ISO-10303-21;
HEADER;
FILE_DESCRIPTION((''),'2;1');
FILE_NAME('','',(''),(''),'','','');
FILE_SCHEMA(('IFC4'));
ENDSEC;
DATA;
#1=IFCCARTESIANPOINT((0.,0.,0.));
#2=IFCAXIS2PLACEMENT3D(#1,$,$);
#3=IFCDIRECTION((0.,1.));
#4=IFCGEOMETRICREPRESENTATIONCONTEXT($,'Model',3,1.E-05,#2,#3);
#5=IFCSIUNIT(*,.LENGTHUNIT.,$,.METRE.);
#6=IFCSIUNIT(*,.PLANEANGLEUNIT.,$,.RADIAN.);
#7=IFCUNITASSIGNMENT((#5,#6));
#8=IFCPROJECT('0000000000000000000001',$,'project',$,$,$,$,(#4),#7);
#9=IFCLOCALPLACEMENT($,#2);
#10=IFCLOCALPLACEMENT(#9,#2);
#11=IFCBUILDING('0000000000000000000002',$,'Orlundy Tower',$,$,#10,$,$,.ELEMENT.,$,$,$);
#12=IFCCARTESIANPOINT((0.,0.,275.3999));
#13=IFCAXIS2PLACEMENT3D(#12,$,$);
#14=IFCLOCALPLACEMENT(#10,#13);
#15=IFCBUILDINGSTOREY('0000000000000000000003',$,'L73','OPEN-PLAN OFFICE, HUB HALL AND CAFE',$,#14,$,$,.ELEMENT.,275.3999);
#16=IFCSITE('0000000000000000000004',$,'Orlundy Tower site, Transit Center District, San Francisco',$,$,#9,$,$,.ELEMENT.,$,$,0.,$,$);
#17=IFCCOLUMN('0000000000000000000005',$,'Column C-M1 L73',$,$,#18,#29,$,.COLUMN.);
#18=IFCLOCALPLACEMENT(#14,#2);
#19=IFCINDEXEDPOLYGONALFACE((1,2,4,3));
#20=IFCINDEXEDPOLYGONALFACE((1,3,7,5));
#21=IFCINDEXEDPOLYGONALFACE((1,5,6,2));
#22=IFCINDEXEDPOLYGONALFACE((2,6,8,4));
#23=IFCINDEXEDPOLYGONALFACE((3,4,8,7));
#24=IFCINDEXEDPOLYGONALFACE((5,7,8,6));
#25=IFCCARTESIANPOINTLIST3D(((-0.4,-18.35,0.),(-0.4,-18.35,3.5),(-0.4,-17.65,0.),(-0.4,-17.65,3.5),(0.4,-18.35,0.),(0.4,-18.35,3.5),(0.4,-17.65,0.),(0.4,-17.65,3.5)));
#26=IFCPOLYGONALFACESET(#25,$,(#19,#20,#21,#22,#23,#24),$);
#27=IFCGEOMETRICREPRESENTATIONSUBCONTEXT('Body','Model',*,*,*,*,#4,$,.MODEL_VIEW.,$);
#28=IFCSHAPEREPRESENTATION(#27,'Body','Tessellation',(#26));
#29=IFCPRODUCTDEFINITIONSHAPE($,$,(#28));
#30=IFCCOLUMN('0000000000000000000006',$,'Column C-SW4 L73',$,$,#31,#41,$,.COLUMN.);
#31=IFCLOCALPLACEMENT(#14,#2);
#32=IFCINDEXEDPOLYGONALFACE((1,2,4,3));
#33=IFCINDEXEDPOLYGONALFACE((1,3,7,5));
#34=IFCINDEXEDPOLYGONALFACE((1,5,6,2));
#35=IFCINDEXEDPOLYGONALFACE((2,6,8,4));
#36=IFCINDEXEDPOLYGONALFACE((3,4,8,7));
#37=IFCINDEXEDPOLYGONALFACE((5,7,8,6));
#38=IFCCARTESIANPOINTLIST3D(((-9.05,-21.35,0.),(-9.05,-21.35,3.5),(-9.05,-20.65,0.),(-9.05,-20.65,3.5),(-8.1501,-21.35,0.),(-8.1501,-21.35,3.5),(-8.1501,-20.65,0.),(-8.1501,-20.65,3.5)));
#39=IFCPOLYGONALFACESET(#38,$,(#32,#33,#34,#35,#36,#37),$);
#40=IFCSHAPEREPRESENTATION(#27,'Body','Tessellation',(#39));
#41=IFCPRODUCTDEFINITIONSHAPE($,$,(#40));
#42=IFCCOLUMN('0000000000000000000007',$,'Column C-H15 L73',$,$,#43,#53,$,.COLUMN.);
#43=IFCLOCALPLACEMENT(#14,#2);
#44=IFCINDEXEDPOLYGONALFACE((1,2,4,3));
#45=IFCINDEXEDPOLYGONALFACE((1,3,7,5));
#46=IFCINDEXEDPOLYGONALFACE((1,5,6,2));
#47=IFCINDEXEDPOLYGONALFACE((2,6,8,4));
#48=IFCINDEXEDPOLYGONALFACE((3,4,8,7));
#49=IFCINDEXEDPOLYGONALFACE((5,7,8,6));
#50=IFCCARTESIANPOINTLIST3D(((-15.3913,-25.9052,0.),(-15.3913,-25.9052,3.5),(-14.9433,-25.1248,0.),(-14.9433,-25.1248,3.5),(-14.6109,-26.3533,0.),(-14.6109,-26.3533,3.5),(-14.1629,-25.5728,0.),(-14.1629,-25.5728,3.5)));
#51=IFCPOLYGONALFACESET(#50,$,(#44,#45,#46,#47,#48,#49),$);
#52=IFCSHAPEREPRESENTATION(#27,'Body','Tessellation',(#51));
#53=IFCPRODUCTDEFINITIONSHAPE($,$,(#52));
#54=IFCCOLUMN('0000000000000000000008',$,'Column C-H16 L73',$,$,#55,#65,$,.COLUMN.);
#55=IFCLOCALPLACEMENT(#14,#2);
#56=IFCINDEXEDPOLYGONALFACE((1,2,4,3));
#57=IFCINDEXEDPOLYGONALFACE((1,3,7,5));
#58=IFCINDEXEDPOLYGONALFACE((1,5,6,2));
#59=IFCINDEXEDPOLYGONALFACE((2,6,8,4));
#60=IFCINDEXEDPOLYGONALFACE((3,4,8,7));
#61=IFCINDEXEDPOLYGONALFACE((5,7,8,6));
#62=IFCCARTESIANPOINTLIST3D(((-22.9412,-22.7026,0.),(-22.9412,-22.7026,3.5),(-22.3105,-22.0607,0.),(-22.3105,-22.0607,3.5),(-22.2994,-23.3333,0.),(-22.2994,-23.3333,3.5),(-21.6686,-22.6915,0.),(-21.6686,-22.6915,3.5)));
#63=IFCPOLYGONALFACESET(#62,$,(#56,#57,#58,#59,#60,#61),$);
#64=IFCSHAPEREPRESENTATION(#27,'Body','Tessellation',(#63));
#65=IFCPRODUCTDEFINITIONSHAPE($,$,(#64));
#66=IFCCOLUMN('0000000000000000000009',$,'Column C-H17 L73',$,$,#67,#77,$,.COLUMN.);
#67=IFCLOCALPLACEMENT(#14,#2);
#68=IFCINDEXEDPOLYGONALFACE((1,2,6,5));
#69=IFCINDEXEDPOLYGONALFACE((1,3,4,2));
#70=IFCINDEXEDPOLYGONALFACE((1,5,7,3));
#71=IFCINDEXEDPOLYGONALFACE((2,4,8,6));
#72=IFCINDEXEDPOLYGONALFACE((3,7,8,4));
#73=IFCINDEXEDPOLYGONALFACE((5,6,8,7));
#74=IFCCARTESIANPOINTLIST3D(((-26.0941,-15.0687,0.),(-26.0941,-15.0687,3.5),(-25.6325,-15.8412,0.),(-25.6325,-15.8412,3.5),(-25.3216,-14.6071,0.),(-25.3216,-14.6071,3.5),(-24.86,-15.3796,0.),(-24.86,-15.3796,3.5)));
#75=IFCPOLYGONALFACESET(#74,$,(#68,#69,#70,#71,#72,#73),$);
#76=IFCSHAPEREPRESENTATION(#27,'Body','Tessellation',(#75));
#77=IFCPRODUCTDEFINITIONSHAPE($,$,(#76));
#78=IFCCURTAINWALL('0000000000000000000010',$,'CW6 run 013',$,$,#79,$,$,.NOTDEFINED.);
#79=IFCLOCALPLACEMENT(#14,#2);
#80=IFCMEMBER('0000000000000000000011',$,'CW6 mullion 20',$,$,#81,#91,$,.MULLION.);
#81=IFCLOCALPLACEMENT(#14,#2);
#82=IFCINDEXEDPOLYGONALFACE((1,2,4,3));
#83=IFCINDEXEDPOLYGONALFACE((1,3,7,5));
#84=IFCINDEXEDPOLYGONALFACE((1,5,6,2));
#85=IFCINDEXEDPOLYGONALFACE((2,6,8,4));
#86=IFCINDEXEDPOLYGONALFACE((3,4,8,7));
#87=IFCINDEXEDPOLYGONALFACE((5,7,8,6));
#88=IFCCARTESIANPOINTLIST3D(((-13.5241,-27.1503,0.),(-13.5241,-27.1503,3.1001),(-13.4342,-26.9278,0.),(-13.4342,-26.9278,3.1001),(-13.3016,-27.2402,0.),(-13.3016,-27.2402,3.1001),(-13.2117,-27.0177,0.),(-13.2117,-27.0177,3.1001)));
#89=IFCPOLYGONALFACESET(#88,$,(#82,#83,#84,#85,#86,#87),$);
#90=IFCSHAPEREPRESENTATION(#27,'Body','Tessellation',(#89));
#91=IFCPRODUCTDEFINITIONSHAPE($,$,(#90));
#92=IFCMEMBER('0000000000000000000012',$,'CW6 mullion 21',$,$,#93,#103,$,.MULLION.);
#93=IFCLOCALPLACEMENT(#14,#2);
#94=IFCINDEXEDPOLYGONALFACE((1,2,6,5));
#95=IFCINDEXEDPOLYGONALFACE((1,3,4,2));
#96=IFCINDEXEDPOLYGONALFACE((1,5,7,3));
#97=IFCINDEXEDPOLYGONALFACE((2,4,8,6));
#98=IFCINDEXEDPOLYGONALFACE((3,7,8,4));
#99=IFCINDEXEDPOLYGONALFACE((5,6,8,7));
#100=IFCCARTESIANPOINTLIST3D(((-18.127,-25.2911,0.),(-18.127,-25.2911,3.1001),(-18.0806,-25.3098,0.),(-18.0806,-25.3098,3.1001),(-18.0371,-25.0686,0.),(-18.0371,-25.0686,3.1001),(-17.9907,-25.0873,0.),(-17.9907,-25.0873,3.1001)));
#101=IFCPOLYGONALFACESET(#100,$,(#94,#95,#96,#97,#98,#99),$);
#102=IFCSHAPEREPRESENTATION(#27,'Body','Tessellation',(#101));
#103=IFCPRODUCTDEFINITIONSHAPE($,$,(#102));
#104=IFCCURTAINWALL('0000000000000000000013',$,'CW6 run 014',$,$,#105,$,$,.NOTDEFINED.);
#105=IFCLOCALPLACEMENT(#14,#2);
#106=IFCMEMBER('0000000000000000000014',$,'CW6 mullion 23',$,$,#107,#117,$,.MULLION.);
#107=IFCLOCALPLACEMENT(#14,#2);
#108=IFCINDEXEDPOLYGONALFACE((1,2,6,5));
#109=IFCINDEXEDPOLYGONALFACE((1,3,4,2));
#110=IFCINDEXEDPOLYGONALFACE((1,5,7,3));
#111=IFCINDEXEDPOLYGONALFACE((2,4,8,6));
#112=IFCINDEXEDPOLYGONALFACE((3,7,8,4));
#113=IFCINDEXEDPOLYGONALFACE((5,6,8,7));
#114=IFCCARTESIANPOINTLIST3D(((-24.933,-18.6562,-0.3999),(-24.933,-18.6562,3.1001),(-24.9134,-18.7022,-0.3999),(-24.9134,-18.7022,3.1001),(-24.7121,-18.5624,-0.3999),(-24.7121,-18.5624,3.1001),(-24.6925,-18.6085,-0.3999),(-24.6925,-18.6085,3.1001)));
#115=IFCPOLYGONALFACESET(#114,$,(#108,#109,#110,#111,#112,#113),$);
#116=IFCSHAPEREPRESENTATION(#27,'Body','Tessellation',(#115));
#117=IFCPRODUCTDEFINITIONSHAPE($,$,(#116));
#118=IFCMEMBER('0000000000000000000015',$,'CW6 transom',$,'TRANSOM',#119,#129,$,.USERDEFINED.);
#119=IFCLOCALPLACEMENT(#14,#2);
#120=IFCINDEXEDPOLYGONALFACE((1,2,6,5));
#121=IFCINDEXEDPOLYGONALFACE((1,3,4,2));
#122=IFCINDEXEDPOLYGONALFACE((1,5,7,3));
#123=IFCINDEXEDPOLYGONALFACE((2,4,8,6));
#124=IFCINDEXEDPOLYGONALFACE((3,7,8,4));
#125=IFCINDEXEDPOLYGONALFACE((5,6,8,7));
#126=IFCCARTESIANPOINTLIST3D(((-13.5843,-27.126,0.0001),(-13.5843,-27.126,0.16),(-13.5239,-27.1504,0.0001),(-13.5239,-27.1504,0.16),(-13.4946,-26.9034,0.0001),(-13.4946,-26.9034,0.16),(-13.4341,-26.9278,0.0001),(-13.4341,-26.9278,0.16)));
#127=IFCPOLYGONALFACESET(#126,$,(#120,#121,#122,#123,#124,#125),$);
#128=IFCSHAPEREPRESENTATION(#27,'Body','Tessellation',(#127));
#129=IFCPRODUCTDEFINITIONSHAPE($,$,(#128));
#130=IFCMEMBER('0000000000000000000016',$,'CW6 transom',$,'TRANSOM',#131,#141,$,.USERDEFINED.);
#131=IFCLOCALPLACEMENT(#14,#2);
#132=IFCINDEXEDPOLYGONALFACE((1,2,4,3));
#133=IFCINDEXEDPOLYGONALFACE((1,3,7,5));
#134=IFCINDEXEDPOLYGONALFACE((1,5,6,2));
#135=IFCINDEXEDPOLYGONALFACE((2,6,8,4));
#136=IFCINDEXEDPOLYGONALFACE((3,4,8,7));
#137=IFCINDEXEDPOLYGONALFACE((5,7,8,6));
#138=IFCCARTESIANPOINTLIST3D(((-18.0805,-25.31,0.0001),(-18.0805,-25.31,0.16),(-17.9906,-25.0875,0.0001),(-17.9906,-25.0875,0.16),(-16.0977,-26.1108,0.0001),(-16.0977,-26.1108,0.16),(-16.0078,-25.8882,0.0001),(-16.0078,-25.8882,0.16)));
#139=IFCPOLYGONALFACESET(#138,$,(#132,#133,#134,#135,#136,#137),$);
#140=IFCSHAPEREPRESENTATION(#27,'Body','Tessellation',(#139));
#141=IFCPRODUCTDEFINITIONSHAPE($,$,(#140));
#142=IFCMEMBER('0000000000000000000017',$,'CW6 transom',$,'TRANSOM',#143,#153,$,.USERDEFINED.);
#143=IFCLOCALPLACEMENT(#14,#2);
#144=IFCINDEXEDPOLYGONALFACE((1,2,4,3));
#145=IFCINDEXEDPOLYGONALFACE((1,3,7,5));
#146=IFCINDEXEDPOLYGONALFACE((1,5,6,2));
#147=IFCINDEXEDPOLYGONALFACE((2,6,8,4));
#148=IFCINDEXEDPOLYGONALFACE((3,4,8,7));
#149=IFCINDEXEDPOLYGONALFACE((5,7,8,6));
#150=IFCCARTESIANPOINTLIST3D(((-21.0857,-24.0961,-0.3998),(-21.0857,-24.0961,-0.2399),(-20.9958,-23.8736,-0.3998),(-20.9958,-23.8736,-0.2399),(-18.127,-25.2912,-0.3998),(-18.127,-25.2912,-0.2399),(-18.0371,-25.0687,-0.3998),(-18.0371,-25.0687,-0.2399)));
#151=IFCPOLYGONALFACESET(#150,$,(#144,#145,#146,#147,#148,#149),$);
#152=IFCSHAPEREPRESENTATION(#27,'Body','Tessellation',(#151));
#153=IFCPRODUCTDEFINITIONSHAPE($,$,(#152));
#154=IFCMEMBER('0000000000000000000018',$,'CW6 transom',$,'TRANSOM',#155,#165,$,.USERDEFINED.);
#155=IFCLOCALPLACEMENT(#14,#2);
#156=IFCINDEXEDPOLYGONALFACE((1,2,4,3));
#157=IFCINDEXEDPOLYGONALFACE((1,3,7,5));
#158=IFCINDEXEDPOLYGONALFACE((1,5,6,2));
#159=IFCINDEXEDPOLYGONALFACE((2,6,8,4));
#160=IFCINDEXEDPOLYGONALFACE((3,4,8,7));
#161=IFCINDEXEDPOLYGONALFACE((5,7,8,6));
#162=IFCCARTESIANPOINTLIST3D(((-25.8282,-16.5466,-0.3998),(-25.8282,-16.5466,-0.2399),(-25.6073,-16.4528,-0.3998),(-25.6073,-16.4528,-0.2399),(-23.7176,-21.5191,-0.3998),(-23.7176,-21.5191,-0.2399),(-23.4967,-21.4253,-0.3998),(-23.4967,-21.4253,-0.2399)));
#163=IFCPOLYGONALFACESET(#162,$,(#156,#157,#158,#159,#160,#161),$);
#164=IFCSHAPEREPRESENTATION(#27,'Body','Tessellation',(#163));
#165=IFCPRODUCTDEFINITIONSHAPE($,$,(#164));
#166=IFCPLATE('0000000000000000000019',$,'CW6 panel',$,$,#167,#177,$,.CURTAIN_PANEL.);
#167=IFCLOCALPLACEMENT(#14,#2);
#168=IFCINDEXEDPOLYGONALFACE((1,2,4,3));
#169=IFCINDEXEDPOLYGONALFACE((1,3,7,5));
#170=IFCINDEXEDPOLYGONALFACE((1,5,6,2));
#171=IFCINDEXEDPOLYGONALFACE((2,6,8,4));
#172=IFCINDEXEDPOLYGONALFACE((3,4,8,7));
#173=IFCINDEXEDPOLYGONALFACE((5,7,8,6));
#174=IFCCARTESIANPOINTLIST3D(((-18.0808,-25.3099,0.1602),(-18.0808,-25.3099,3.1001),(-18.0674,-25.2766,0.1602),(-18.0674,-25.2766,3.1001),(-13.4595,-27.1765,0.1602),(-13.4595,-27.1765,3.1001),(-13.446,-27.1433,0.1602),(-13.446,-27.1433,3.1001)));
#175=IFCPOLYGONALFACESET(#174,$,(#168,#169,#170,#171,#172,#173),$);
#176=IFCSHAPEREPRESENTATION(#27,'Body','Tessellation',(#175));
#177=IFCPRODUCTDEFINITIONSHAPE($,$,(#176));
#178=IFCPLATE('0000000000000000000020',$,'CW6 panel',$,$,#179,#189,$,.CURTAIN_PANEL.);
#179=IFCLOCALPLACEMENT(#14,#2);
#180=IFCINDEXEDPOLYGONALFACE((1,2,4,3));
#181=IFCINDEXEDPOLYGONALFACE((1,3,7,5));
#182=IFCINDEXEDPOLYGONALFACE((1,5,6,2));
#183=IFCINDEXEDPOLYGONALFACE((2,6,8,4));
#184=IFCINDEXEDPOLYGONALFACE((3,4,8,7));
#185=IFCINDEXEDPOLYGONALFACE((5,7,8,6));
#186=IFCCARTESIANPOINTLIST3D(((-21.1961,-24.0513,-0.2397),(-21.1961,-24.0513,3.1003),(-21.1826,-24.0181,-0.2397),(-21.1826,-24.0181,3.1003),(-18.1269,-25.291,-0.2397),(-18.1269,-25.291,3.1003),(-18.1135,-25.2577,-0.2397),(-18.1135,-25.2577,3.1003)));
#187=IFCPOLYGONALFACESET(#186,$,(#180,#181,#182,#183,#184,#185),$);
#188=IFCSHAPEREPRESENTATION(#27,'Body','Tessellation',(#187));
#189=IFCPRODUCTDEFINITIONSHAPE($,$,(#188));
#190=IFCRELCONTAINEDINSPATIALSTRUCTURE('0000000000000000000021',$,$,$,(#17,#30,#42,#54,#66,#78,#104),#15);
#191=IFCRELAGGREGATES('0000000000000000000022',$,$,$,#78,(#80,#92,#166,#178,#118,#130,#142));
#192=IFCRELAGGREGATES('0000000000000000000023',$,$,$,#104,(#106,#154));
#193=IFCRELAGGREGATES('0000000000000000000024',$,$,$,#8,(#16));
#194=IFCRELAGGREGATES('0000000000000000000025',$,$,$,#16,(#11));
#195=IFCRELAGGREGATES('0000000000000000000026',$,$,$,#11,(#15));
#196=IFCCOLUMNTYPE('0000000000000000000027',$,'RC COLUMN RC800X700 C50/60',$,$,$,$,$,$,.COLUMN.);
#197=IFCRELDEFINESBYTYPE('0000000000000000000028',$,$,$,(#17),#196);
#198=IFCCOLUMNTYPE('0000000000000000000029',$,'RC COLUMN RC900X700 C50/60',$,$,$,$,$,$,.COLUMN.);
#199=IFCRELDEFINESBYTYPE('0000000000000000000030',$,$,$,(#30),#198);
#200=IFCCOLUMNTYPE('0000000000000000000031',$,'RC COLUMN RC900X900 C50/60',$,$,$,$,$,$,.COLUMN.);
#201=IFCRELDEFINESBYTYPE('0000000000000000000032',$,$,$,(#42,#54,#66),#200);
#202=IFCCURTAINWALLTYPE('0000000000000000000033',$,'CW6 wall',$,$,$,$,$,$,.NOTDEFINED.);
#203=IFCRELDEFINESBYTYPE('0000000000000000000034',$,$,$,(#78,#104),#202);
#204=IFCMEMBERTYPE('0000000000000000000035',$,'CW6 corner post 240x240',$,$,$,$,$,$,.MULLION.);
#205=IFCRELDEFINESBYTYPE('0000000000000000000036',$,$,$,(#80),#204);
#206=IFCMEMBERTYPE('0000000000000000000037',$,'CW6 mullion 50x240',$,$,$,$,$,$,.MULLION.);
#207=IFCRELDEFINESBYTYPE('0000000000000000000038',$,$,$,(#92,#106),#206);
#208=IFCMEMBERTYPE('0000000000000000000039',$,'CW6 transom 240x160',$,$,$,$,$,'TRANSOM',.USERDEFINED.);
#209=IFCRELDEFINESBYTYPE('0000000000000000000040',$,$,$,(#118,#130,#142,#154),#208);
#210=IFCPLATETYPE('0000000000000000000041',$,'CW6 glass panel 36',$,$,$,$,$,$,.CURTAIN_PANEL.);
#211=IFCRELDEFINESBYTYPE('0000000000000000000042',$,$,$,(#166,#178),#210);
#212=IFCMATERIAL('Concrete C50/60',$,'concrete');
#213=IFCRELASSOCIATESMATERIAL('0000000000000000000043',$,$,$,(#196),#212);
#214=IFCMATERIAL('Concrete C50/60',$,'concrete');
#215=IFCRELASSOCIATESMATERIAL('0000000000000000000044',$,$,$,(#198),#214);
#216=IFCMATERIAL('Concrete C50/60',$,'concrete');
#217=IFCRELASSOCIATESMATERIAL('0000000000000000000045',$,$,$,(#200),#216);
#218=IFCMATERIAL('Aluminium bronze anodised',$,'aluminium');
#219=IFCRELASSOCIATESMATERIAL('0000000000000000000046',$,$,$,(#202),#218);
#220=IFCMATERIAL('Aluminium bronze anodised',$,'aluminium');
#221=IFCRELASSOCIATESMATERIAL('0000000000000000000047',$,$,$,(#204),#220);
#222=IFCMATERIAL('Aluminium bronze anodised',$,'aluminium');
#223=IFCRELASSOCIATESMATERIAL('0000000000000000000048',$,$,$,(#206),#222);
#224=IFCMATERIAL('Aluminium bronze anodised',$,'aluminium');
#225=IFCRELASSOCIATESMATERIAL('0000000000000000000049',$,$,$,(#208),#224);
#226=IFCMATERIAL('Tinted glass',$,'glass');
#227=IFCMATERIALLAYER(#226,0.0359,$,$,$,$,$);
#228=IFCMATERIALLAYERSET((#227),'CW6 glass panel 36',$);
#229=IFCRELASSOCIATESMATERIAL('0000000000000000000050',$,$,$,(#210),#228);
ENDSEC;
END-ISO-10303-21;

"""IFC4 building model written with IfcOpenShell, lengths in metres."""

from ifc_helpers import new_model, si_unit, direction, frame, origin, origin_2d, place, context, subcontext, project, spatial, rectangle, extrude, material, layer, layer_set, material_profile, profile_set, type_object, element, aggregate, save


model = new_model("IFC4")

# Units and contexts
model_context = context("Model", 3, precision=1e-05, world=origin(), true_north=direction((0.0, 1.0)))
body_context = subcontext(model_context, "Body", "Model", "MODEL_VIEW")
ifc_project = project(units=[si_unit("LENGTHUNIT", "METRE"), si_unit("PLANEANGLEUNIT", "RADIAN")], contexts=[model_context])

# Site, building, storey
site_placement = place(None, origin())
site = spatial("IfcSite", under=ifc_project, at=site_placement, Name="Orlundy Tower site, Transit Center District, San Francisco", CompositionType="ELEMENT", RefElevation=0.0)
building_placement = place(site_placement, origin())
building = spatial("IfcBuilding", under=site, at=building_placement, Name="Orlundy Tower", CompositionType="ELEMENT")
storey_placement = place(building_placement, frame((0.0, 0.0, 275.3999)))
storey = spatial("IfcBuildingStorey", under=building, at=storey_placement, Name="L73", Description="OPEN-PLAN OFFICE, HUB HALL AND CAFE", CompositionType="ELEMENT", Elevation=275.3999)

# Columns
ifc_material_1 = material(Name="Concrete C50/60", Category="concrete")
ifc_material_profile_1 = material_profile(ifc_material_1, rectangle(XDim=0.8, YDim=0.7, at=origin_2d()), Name="RC800X700")
ifc_profile_set_1 = profile_set([ifc_material_profile_1], Name="Concrete C50/60")
column_type_1 = type_object("IfcColumnType", Name="RC COLUMN RC800X700 C50/60", PredefinedType="COLUMN", material=ifc_profile_set_1)
column_1_placement = place(storey_placement, frame((0.0, -18.0, 0.0), z_axis=(0.0, 0.0, 1.0), x_axis=(1.0, 0.0, 0.0)))
element("IfcColumn", 1, at=column_1_placement, inside=storey, type_object=column_type_1, Name="Column C-M1 L73", PredefinedType="COLUMN", context=body_context, shape_type="SweptSolid", body=[
    extrude(rectangle(XDim=0.8, YDim=0.7, at=origin_2d()), origin(), (0.0, 0.0, 1.0), 3.5),
])
ifc_material_2 = material(Name="Concrete C50/60", Category="concrete")
ifc_material_profile_2 = material_profile(ifc_material_2, rectangle(XDim=0.8999, YDim=0.7, at=origin_2d()), Name="RC900X700")
ifc_profile_set_2 = profile_set([ifc_material_profile_2], Name="Concrete C50/60")
column_type_2 = type_object("IfcColumnType", Name="RC COLUMN RC900X700 C50/60", PredefinedType="COLUMN", material=ifc_profile_set_2)
column_2_placement = place(storey_placement, frame((-8.6001, -21.0, 0.0), z_axis=(0.0, 0.0, 1.0), x_axis=(1.0, 0.0, 0.0)))
element("IfcColumn", 2, at=column_2_placement, inside=storey, type_object=column_type_2, Name="Column C-SW4 L73", PredefinedType="COLUMN", context=body_context, shape_type="SweptSolid", body=[
    extrude(rectangle(XDim=0.8999, YDim=0.7, at=origin_2d()), origin(), (0.0, 0.0, 1.0), 3.5),
])
ifc_material_3 = material(Name="Concrete C50/60", Category="concrete")
ifc_material_profile_3 = material_profile(ifc_material_3, rectangle(XDim=0.8999, YDim=0.8999, at=origin_2d()), Name="RC900X900")
ifc_profile_set_3 = profile_set([ifc_material_profile_3], Name="Concrete C50/60")
column_type_3 = type_object("IfcColumnType", Name="RC COLUMN RC900X900 C50/60", PredefinedType="COLUMN", material=ifc_profile_set_3)
for number, where, z_axis, x_axis, name in (
    (3, (-14.7771, -25.739, 0.0), (0.0, 0.0, 1.0), (-0.497898, -0.867236, 0.0), "Column C-H15 L73"),
    (4, (-22.3049, -22.697, 0.0), (0.0, 0.0, 1.0), (-0.700922, -0.713238, 0.0), "Column C-H16 L73"),
    (5, (-25.4771, -15.2241, 0.0), (0.0, 0.0, 1.0), (-0.858414, -0.512957, 0.0), "Column C-H17 L73"),
):
    element("IfcColumn", number, at=place(storey_placement, frame(where, z_axis=z_axis, x_axis=x_axis)), inside=storey, type_object=column_type_3, Name=name, PredefinedType="COLUMN", context=body_context, shape_type="SweptSolid", body=[
        extrude(rectangle(XDim=0.8999, YDim=0.8999, at=origin_2d()), origin(), (0.0, 0.0, 1.0), 3.5),
    ])

# Curtain wall, members
ifc_material_4 = material(Name="Aluminium bronze anodised", Category="aluminium")
curtain_wall_type = type_object("IfcCurtainWallType", Name="CW6 wall", PredefinedType="NOTDEFINED", material=ifc_material_4)
curtain_wall_1_placement = place(storey_placement, origin())
curtain_wall_1 = element("IfcCurtainWall", 6, at=curtain_wall_1_placement, inside=storey, type_object=curtain_wall_type, Name="CW6 run 013", PredefinedType="NOTDEFINED")
ifc_material_5 = material(Name="Aluminium bronze anodised", Category="aluminium")
ifc_material_profile_4 = material_profile(ifc_material_5, rectangle(XDim=0.24, YDim=0.24, at=origin_2d()), Name="CW6 corner post 240x240")
ifc_profile_set_4 = profile_set([ifc_material_profile_4], Name="Aluminium bronze anodised")
member_type_1 = type_object("IfcMemberType", Name="CW6 corner post 240x240", PredefinedType="MULLION", material=ifc_profile_set_4)
member_1_placement = place(storey_placement, frame((-13.3679, -27.084, 0.0), z_axis=(0.0, 0.0, 1.0), x_axis=(-0.374521, -0.927218, 0.0)))
member_1 = element("IfcMember", 7, at=member_1_placement, type_object=member_type_1, Name="CW6 mullion 20", PredefinedType="MULLION", context=body_context, shape_type="SweptSolid", body=[
    extrude(rectangle(XDim=0.24, YDim=0.24, at=origin_2d()), origin(), (0.0, 0.0, 1.0), 3.1001),
])
ifc_material_6 = material(Name="Aluminium bronze anodised", Category="aluminium")
ifc_material_profile_5 = material_profile(ifc_material_6, rectangle(XDim=0.24, YDim=0.05, at=origin_2d()), Name="CW6 mullion 50x240")
ifc_profile_set_5 = profile_set([ifc_material_profile_5], Name="Aluminium bronze anodised")
member_type_2 = type_object("IfcMemberType", Name="CW6 mullion 50x240", PredefinedType="MULLION", material=ifc_profile_set_5)
member_2_placement = place(storey_placement, frame((-18.0588, -25.1892, 0.0), z_axis=(0.0, 0.0, 1.0), x_axis=(-0.374521, -0.927218, 0.0)))
member_2 = element("IfcMember", 8, at=member_2_placement, type_object=member_type_2, Name="CW6 mullion 21", PredefinedType="MULLION", context=body_context, shape_type="SweptSolid", body=[
    extrude(rectangle(XDim=0.24, YDim=0.05, at=origin_2d()), origin(), (0.0, 0.0, 1.0), 3.1001),
])

# Curtain wall, member
curtain_wall_2_placement = place(storey_placement, origin())
curtain_wall_2 = element("IfcCurtainWall", 9, at=curtain_wall_2_placement, inside=storey, type_object=curtain_wall_type, Name="CW6 run 014", PredefinedType="NOTDEFINED")
member_3_placement = place(storey_placement, frame((-24.8127, -18.6323, -0.3999), z_axis=(0.0, 0.0, 1.0), x_axis=(-0.920507, -0.390727, 0.0)))
member_3 = element("IfcMember", 10, at=member_3_placement, type_object=member_type_2, Name="CW6 mullion 23", PredefinedType="MULLION", context=body_context, shape_type="SweptSolid", body=[
    extrude(rectangle(XDim=0.24, YDim=0.05, at=origin_2d()), origin(), (0.0, 0.0, 1.0), 3.5),
])

# Members
ifc_material_7 = material(Name="Aluminium bronze anodised", Category="aluminium")
ifc_material_profile_6 = material_profile(ifc_material_7, rectangle(XDim=0.24, YDim=0.1599, at=origin_2d()), Name="CW6 transom 240x160")
ifc_profile_set_6 = profile_set([ifc_material_profile_6], Name="Aluminium bronze anodised")
member_type_3 = type_object("IfcMemberType", Name="CW6 transom 240x160", ElementType="TRANSOM", PredefinedType="USERDEFINED", material=ifc_profile_set_6)
member_4_placement = place(storey_placement, frame((-13.479, -27.0391, 0.0801), z_axis=(-0.927441, 0.373968, 0.0), x_axis=(-0.373968, -0.927441, 0.0)))
member_4 = element("IfcMember", 11, at=member_4_placement, type_object=member_type_3, Name="CW6 transom", ObjectType="TRANSOM", PredefinedType="USERDEFINED", context=body_context, shape_type="SweptSolid", body=[
    extrude(rectangle(XDim=0.24, YDim=0.1599, at=origin_2d()), origin(), (0.0, 0.0, 1.0), 0.0652),
])
member_5_placement = place(storey_placement, frame((-16.0527, -25.9995, 0.0801), z_axis=(-0.927243, 0.374459, 0.0), x_axis=(-0.374459, -0.927243, 0.0)))
member_5 = element("IfcMember", 12, at=member_5_placement, type_object=member_type_3, Name="CW6 transom", ObjectType="TRANSOM", PredefinedType="USERDEFINED", context=body_context, shape_type="SweptSolid", body=[
    extrude(rectangle(XDim=0.24, YDim=0.1599, at=origin_2d()), origin(), (0.0, 0.0, 1.0), 2.1384),
])
member_6_placement = place(storey_placement, frame((-18.082, -25.1799, -0.3198), z_axis=(-0.927221, 0.374515, 0.0), x_axis=(-0.374515, -0.927221, 0.0)))
member_6 = element("IfcMember", 13, at=member_6_placement, type_object=member_type_3, Name="CW6 transom", ObjectType="TRANSOM", PredefinedType="USERDEFINED", context=body_context, shape_type="SweptSolid", body=[
    extrude(rectangle(XDim=0.24, YDim=0.1599, at=origin_2d()), origin(), (0.0, 0.0, 1.0), 3.1909),
])
member_7_placement = place(storey_placement, frame((-23.6072, -21.4722, -0.3198), z_axis=(-0.39072, 0.920509, 0.0), x_axis=(-0.920509, -0.39072, 0.0)))
member_7 = element("IfcMember", 14, at=member_7_placement, type_object=member_type_3, Name="CW6 transom", ObjectType="TRANSOM", PredefinedType="USERDEFINED", context=body_context, shape_type="SweptSolid", body=[
    extrude(rectangle(XDim=0.24, YDim=0.1599, at=origin_2d()), origin(), (0.0, 0.0, 1.0), 5.4019),
])

# Plates
ifc_material_8 = material(Name="Tinted glass", Category="glass")
ifc_layer_1 = layer(ifc_material_8, 0.0359)
ifc_layer_set_1 = layer_set([ifc_layer_1], Name="CW6 glass panel 36")
plate_type = type_object("IfcPlateType", Name="CW6 glass panel 36", PredefinedType="CURTAIN_PANEL", material=ifc_layer_set_1)
plate_1_placement = place(storey_placement, frame((-15.7634, -26.2266, 0.1602), z_axis=(0.0, 0.0, 1.0), x_axis=(-0.927218, 0.374521, 0.0)))
plate_1 = element("IfcPlate", 15, at=plate_1_placement, type_object=plate_type, Name="CW6 panel", PredefinedType="CURTAIN_PANEL", context=body_context, shape_type="SweptSolid", body=[
    extrude(rectangle(XDim=4.9841, YDim=0.0359, at=origin_2d()), origin(), (0.0, 0.0, 1.0), 2.9399),
])
plate_2_placement = place(storey_placement, frame((-19.6548, -24.6545, -0.2397), z_axis=(0.0, 0.0, 1.0), x_axis=(-0.927218, 0.374521, 0.0)))
plate_2 = element("IfcPlate", 16, at=plate_2_placement, type_object=plate_type, Name="CW6 panel", PredefinedType="CURTAIN_PANEL", context=body_context, shape_type="SweptSolid", body=[
    extrude(rectangle(XDim=3.3101, YDim=0.0359, at=origin_2d()), origin(), (0.0, 0.0, 1.0), 3.3401),
])
aggregate(curtain_wall_1, [member_1, member_2, plate_1, plate_2, member_4, member_5, member_6])
aggregate(curtain_wall_2, [member_3, member_7])

save(model, "model.ifc")
